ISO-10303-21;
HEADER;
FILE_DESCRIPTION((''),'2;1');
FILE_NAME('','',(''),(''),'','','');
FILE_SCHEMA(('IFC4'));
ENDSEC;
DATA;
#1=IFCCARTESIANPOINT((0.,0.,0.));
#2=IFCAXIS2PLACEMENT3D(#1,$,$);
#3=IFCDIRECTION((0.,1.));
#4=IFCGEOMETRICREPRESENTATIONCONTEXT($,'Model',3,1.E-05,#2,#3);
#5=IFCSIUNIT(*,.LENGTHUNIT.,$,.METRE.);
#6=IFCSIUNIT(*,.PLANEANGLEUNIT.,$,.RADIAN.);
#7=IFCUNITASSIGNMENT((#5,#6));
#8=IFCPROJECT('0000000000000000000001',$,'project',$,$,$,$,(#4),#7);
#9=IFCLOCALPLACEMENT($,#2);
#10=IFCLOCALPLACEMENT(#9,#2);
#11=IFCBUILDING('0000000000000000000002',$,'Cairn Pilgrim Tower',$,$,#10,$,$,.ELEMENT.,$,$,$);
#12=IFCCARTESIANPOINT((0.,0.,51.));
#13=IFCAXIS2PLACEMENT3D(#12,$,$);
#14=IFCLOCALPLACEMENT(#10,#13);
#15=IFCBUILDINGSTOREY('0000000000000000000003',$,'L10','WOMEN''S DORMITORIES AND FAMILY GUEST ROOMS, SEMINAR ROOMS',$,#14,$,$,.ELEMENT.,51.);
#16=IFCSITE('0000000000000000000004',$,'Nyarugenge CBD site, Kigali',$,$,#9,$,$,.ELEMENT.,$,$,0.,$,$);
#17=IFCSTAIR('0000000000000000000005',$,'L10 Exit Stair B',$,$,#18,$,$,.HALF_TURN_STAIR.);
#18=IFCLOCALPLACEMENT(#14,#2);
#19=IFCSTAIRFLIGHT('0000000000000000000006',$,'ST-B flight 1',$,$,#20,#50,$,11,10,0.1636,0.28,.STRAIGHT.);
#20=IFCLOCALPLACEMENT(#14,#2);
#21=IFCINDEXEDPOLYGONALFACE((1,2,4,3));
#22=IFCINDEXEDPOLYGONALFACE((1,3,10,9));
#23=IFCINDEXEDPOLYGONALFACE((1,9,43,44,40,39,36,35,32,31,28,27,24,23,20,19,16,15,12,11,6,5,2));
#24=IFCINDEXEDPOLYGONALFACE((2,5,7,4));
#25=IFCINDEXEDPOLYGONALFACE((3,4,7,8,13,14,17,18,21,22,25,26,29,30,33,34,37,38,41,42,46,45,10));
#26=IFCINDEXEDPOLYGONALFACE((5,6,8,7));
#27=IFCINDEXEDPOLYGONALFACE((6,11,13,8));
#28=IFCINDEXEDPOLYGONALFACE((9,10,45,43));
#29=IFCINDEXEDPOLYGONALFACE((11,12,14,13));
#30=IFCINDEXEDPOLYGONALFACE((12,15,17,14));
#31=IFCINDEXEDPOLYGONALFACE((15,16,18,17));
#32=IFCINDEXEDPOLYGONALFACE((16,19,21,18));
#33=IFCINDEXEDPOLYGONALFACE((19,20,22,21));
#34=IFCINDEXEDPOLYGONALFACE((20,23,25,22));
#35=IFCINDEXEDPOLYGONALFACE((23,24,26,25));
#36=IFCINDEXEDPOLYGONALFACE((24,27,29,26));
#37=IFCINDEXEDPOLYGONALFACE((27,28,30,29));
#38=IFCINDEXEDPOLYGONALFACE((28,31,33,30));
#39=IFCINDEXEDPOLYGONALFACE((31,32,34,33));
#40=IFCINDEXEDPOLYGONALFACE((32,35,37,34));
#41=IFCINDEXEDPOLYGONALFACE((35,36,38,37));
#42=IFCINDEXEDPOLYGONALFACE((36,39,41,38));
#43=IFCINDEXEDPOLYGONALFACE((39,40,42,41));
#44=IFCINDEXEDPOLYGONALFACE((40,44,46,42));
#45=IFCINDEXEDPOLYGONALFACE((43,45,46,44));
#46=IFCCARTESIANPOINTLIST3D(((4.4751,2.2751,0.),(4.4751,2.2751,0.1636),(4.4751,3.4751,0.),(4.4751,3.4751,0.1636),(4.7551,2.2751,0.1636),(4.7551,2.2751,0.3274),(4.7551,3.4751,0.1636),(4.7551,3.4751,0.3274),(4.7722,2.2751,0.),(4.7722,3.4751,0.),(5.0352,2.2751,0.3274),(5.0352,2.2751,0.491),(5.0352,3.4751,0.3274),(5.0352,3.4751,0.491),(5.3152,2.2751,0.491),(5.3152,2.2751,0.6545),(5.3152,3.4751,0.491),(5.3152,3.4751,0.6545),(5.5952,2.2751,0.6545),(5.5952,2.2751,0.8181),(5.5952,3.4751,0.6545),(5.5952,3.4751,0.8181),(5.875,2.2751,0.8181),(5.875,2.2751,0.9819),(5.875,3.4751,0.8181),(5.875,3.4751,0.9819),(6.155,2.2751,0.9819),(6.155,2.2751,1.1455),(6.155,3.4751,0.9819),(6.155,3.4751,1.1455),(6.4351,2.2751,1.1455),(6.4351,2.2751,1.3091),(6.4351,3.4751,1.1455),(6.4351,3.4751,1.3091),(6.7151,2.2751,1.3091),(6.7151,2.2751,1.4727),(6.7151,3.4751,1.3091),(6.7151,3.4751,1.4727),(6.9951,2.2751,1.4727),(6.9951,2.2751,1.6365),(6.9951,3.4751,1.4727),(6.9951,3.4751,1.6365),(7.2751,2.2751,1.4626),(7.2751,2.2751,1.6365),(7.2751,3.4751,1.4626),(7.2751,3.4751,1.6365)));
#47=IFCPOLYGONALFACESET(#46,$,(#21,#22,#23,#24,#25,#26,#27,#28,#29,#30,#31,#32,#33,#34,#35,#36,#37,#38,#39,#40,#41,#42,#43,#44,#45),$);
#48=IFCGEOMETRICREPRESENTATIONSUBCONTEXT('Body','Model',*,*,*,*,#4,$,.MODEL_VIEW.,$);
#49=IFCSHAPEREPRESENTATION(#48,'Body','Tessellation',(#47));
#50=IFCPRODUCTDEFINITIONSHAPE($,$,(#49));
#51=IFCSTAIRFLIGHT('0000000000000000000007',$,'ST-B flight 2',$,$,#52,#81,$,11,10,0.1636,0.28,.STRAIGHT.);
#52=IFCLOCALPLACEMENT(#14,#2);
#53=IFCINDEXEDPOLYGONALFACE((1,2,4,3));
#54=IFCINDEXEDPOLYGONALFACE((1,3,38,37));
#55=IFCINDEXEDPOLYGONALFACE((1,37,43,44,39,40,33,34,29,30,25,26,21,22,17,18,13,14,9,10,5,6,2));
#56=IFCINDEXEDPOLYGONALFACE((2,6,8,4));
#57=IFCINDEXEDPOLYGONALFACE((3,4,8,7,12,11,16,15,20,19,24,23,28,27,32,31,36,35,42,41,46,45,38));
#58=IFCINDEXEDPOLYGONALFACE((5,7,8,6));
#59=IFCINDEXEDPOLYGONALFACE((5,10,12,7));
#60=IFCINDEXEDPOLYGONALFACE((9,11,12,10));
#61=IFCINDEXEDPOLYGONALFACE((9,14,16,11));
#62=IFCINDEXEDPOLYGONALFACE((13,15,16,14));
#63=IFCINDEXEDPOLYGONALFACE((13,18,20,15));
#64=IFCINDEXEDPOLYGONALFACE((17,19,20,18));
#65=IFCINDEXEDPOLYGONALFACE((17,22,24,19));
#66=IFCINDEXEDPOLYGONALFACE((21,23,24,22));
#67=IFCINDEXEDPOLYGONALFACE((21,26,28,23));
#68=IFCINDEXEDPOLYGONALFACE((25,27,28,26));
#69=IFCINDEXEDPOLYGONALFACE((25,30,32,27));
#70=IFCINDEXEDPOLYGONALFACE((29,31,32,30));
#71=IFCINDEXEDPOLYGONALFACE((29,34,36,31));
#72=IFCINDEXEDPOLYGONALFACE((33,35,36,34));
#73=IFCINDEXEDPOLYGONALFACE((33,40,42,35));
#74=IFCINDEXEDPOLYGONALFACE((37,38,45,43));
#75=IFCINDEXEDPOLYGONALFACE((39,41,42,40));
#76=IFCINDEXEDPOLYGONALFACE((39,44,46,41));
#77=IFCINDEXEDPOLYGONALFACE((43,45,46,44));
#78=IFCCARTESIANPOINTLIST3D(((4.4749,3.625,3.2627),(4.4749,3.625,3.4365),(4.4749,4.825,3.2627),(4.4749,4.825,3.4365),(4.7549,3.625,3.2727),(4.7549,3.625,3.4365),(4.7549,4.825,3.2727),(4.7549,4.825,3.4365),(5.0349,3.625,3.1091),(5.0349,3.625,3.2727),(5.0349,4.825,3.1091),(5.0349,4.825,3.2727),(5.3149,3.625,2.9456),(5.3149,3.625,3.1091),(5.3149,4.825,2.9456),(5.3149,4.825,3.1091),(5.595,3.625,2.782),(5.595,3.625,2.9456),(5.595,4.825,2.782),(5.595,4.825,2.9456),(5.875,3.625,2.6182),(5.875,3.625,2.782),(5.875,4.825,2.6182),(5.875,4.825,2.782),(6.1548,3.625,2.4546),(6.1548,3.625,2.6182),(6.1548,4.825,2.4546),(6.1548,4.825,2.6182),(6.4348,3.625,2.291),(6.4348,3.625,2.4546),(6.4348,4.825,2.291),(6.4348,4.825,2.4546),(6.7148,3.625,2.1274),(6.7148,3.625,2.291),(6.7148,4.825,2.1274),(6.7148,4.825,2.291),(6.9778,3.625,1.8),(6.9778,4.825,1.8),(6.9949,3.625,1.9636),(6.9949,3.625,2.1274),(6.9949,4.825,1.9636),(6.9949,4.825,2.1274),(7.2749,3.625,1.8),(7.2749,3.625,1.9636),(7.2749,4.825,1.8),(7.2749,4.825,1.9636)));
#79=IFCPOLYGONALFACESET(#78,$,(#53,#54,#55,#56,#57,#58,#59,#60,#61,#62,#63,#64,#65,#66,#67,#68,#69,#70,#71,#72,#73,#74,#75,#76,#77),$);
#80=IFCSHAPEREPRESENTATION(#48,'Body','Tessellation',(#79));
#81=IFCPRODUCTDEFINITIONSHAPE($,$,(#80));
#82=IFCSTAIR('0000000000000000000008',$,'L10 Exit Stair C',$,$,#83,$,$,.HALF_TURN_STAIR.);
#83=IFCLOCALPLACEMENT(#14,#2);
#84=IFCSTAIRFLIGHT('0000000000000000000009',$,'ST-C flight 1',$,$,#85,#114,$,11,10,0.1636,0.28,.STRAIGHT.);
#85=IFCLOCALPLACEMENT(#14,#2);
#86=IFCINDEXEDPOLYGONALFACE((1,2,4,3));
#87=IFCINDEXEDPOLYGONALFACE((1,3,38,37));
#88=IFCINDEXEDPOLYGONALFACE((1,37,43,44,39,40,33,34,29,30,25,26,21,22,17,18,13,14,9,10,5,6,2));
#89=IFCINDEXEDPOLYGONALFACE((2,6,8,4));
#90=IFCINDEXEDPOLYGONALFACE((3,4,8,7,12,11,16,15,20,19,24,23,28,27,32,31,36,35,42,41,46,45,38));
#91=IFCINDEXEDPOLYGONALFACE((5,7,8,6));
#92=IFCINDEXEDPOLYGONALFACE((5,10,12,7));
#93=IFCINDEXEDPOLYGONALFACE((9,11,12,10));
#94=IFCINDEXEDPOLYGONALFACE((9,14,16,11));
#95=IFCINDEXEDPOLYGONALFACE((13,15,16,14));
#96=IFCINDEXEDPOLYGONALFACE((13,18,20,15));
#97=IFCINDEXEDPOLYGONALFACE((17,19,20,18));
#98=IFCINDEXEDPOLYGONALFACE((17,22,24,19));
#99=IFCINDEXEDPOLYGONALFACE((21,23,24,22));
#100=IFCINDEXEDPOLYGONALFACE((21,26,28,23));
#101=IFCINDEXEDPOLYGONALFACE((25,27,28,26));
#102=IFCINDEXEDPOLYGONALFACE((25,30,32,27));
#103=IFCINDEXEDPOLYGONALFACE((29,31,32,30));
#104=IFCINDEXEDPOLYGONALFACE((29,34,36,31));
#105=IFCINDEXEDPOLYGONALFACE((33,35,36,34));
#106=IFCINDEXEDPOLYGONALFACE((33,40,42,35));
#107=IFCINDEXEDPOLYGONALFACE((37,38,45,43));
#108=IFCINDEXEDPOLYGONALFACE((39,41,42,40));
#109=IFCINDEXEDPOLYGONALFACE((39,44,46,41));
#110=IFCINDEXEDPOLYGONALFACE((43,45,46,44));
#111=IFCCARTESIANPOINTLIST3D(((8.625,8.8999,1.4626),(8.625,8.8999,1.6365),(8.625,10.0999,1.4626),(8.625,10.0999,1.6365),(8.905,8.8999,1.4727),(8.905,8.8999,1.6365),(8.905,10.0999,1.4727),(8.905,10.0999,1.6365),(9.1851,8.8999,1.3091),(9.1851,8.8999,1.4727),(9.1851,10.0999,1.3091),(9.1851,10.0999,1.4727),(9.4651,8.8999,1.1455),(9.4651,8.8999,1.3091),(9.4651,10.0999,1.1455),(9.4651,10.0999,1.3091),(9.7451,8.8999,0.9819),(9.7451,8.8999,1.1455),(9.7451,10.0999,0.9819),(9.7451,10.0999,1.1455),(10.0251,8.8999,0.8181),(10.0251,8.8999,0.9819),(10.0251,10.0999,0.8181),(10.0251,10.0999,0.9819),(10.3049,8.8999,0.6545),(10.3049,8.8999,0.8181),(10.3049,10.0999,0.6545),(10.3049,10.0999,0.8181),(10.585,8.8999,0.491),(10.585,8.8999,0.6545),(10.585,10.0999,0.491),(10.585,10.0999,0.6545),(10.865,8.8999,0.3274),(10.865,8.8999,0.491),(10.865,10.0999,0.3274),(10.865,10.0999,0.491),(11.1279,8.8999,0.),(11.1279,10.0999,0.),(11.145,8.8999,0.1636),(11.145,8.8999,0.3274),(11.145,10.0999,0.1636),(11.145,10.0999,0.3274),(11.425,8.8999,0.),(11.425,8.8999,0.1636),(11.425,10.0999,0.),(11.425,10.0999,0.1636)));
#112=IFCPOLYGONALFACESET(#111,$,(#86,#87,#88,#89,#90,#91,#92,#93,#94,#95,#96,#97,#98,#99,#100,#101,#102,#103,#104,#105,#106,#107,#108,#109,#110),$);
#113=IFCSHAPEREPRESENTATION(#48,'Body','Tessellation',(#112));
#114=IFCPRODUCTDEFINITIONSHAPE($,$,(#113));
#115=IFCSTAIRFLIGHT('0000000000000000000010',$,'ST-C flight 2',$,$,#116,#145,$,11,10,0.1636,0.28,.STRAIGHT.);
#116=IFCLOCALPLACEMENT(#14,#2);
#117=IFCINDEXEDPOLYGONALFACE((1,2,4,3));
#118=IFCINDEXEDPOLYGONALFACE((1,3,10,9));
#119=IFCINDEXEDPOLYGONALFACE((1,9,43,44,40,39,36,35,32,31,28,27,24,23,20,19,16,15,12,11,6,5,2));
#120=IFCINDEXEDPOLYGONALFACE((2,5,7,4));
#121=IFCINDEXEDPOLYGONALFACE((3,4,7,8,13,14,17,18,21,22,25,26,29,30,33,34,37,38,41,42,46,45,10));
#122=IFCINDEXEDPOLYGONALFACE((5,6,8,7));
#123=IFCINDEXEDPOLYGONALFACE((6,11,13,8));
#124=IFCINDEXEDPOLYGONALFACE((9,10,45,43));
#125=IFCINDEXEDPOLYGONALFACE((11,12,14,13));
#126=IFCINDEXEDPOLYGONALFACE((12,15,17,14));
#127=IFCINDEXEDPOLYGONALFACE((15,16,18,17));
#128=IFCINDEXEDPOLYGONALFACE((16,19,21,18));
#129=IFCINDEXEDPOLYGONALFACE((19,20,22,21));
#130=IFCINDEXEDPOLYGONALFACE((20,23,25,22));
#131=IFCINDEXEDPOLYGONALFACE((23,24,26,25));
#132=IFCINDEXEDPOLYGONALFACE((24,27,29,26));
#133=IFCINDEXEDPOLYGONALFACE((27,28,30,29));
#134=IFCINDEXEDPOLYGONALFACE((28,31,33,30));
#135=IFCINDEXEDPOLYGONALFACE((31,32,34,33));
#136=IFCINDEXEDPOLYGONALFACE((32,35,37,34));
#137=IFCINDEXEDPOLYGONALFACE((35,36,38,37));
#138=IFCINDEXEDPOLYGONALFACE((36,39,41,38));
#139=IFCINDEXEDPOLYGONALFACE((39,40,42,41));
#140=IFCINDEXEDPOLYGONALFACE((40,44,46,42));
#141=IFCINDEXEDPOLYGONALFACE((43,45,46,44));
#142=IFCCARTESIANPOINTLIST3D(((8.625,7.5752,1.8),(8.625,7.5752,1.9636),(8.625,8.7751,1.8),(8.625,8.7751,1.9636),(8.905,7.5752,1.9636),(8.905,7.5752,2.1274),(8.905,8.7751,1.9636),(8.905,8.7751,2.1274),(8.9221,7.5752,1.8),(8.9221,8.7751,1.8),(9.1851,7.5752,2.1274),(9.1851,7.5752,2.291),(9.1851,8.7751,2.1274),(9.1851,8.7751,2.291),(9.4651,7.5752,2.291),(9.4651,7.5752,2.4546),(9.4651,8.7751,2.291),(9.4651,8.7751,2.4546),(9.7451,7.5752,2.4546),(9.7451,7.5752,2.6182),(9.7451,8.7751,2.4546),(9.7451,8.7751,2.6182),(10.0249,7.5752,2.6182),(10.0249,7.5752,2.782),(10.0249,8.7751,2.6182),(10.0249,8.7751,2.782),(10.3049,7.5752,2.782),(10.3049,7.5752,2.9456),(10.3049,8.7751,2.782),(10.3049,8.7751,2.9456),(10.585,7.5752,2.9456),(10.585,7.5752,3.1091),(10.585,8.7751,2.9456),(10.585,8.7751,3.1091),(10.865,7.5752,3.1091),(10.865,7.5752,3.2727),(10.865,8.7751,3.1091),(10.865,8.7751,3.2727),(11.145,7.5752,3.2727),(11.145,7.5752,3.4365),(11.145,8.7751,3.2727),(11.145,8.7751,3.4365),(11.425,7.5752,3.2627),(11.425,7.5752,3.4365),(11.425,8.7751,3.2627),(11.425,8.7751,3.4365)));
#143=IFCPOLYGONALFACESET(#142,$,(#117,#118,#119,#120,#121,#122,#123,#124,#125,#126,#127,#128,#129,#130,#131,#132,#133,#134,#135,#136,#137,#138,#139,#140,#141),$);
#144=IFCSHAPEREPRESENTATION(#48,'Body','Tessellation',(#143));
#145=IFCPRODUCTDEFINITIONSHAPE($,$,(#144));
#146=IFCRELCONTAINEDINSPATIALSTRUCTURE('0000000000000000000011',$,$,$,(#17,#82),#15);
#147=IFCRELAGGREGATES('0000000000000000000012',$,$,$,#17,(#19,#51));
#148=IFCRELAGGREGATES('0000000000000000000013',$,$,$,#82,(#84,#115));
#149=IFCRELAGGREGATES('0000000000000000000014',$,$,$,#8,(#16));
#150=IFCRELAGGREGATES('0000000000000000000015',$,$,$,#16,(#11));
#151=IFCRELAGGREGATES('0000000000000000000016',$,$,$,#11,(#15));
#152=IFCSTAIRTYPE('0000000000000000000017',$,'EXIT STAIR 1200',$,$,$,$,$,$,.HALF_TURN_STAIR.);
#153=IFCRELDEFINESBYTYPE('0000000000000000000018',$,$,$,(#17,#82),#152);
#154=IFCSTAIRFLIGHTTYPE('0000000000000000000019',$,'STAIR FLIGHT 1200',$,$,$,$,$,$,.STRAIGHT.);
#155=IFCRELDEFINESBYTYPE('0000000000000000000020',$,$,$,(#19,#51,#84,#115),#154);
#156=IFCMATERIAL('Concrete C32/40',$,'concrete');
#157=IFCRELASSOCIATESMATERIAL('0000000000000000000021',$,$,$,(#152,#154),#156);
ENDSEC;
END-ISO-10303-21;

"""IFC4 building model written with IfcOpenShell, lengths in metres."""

from ifc_helpers import new_model, si_unit, direction, frame, origin, place, context, subcontext, project, spatial, polyline, outline, extrude, material, type_object, element, aggregate, save


model = new_model("IFC4")

# Units and contexts
model_context = context("Model", 3, precision=1e-05, world=origin(), true_north=direction((0.0, 1.0)))
body_context = subcontext(model_context, "Body", "Model", "MODEL_VIEW")
ifc_project = project(units=[si_unit("LENGTHUNIT", "METRE"), si_unit("PLANEANGLEUNIT", "RADIAN")], contexts=[model_context])

# Site, building, storey
site_placement = place(None, origin())
site = spatial("IfcSite", under=ifc_project, at=site_placement, Name="Nyarugenge CBD site, Kigali", CompositionType="ELEMENT", RefElevation=0.0)
building_placement = place(site_placement, origin())
building = spatial("IfcBuilding", under=site, at=building_placement, Name="Cairn Pilgrim Tower", CompositionType="ELEMENT")
storey_placement = place(building_placement, frame((0.0, 0.0, 51.0)))
storey = spatial("IfcBuildingStorey", under=building, at=storey_placement, Name="L10", Description="WOMEN'S DORMITORIES AND FAMILY GUEST ROOMS, SEMINAR ROOMS", CompositionType="ELEMENT", Elevation=51.0)

# Shared definitions
ifc_material_1 = material(Name="Concrete C32/40", Category="concrete")

# Stairs, stair flights
stair_type = type_object("IfcStairType", Name="EXIT STAIR 1200", PredefinedType="HALF_TURN_STAIR", material=ifc_material_1)
stair_1_placement = place(storey_placement, origin())
stair_1 = element("IfcStair", 1, at=stair_1_placement, inside=storey, type_object=stair_type, Name="L10 Exit Stair B", PredefinedType="HALF_TURN_STAIR")
stair_flight_type = type_object("IfcStairFlightType", Name="STAIR FLIGHT 1200", PredefinedType="STRAIGHT", material=ifc_material_1)
stair_flight_1_placement = place(storey_placement, frame((4.4751, 2.875, 0.0), z_axis=(0.0, 0.0, 1.0), x_axis=(1.0, 0.0, 0.0)))
stair_flight_1 = element("IfcStairFlight", 2, at=stair_flight_1_placement, type_object=stair_flight_type, Name="ST-B flight 1", NumberOfRisers=11, NumberOfTreads=10, PredefinedType="STRAIGHT", RiserHeight=0.1636, TreadLength=0.28, context=body_context, shape_type="SweptSolid", body=[
    extrude(outline(polyline([(0.0, 0.0), (0.0, 0.1636), (0.28, 0.1636), (0.28, 0.3274), (0.5601, 0.3274), (0.5601, 0.491), (0.8401, 0.491), (0.8401, 0.6545), (1.1201, 0.6545), (1.1201, 0.8181), (1.3999, 0.8181), (1.3999, 0.9819), (1.6799, 0.9819), (1.6799, 1.1455), (1.96, 1.1455), (1.96, 1.3091), (2.24, 1.3091), (2.24, 1.4727), (2.52, 1.4727), (2.52, 1.6365), (2.8, 1.6365), (2.8, 1.8), (2.8, 1.4626), (0.2971, 0.0), (0.0, 0.0)])), frame((0.0, 0.6001, 0.0), z_axis=(0.0, -1.0, 0.0), x_axis=(1.0, 0.0, 0.0)), (0.0, 0.0, 1.0), 1.2),
])
stair_flight_2_placement = place(storey_placement, frame((7.2749, 4.2251, 1.8), z_axis=(0.0, 0.0, 1.0), x_axis=(-1.0, 0.0, 0.0)))
stair_flight_2 = element("IfcStairFlight", 3, at=stair_flight_2_placement, type_object=stair_flight_type, Name="ST-B flight 2", NumberOfRisers=11, NumberOfTreads=10, PredefinedType="STRAIGHT", RiserHeight=0.1636, TreadLength=0.28, context=body_context, shape_type="SweptSolid", body=[
    extrude(outline(polyline([(0.0, 0.0), (0.0, 0.1636), (0.28, 0.1636), (0.28, 0.3274), (0.5601, 0.3274), (0.5601, 0.491), (0.8401, 0.491), (0.8401, 0.6545), (1.1201, 0.6545), (1.1201, 0.8181), (1.3999, 0.8181), (1.3999, 0.9819), (1.6799, 0.9819), (1.6799, 1.1455), (1.96, 1.1455), (1.96, 1.3091), (2.24, 1.3091), (2.24, 1.4727), (2.52, 1.4727), (2.52, 1.6365), (2.8, 1.6365), (2.8, 1.8), (2.8, 1.4626), (0.2971, 0.0), (0.0, 0.0)])), frame((0.0, 0.6001, 0.0), z_axis=(0.0, -1.0, 0.0), x_axis=(1.0, 0.0, 0.0)), (0.0, 0.0, 1.0), 1.2),
])
aggregate(stair_1, [stair_flight_1, stair_flight_2])
stair_2_placement = place(storey_placement, origin())
stair_2 = element("IfcStair", 4, at=stair_2_placement, inside=storey, type_object=stair_type, Name="L10 Exit Stair C", PredefinedType="HALF_TURN_STAIR")
stair_flight_3_placement = place(storey_placement, frame((11.425, 9.5, 0.0), z_axis=(0.0, 0.0, 1.0), x_axis=(-1.0, 0.0, 0.0)))
stair_flight_3 = element("IfcStairFlight", 5, at=stair_flight_3_placement, type_object=stair_flight_type, Name="ST-C flight 1", NumberOfRisers=11, NumberOfTreads=10, PredefinedType="STRAIGHT", RiserHeight=0.1636, TreadLength=0.28, context=body_context, shape_type="SweptSolid", body=[
    extrude(outline(polyline([(0.0, 0.0), (0.0, 0.1636), (0.28, 0.1636), (0.28, 0.3274), (0.5601, 0.3274), (0.5601, 0.491), (0.8401, 0.491), (0.8401, 0.6545), (1.1201, 0.6545), (1.1201, 0.8181), (1.3999, 0.8181), (1.3999, 0.9819), (1.6799, 0.9819), (1.6799, 1.1455), (1.96, 1.1455), (1.96, 1.3091), (2.24, 1.3091), (2.24, 1.4727), (2.52, 1.4727), (2.52, 1.6365), (2.8, 1.6365), (2.8, 1.8), (2.8, 1.4626), (0.2971, 0.0), (0.0, 0.0)])), frame((0.0, 0.6001, 0.0), z_axis=(0.0, -1.0, 0.0), x_axis=(1.0, 0.0, 0.0)), (0.0, 0.0, 1.0), 1.2),
])
stair_flight_4_placement = place(storey_placement, frame((8.625, 8.175, 1.8), z_axis=(0.0, 0.0, 1.0), x_axis=(1.0, 0.0, 0.0)))
stair_flight_4 = element("IfcStairFlight", 6, at=stair_flight_4_placement, type_object=stair_flight_type, Name="ST-C flight 2", NumberOfRisers=11, NumberOfTreads=10, PredefinedType="STRAIGHT", RiserHeight=0.1636, TreadLength=0.28, context=body_context, shape_type="SweptSolid", body=[
    extrude(outline(polyline([(0.0, 0.0), (0.0, 0.1636), (0.28, 0.1636), (0.28, 0.3274), (0.5601, 0.3274), (0.5601, 0.491), (0.8401, 0.491), (0.8401, 0.6545), (1.1201, 0.6545), (1.1201, 0.8181), (1.3999, 0.8181), (1.3999, 0.9819), (1.6799, 0.9819), (1.6799, 1.1455), (1.96, 1.1455), (1.96, 1.3091), (2.24, 1.3091), (2.24, 1.4727), (2.52, 1.4727), (2.52, 1.6365), (2.8, 1.6365), (2.8, 1.8), (2.8, 1.4626), (0.2971, 0.0), (0.0, 0.0)])), frame((0.0, 0.6001, 0.0), z_axis=(0.0, -1.0, 0.0), x_axis=(1.0, 0.0, 0.0)), (0.0, 0.0, 1.0), 1.2),
])
aggregate(stair_2, [stair_flight_3, stair_flight_4])

save(model, "model.ifc")
